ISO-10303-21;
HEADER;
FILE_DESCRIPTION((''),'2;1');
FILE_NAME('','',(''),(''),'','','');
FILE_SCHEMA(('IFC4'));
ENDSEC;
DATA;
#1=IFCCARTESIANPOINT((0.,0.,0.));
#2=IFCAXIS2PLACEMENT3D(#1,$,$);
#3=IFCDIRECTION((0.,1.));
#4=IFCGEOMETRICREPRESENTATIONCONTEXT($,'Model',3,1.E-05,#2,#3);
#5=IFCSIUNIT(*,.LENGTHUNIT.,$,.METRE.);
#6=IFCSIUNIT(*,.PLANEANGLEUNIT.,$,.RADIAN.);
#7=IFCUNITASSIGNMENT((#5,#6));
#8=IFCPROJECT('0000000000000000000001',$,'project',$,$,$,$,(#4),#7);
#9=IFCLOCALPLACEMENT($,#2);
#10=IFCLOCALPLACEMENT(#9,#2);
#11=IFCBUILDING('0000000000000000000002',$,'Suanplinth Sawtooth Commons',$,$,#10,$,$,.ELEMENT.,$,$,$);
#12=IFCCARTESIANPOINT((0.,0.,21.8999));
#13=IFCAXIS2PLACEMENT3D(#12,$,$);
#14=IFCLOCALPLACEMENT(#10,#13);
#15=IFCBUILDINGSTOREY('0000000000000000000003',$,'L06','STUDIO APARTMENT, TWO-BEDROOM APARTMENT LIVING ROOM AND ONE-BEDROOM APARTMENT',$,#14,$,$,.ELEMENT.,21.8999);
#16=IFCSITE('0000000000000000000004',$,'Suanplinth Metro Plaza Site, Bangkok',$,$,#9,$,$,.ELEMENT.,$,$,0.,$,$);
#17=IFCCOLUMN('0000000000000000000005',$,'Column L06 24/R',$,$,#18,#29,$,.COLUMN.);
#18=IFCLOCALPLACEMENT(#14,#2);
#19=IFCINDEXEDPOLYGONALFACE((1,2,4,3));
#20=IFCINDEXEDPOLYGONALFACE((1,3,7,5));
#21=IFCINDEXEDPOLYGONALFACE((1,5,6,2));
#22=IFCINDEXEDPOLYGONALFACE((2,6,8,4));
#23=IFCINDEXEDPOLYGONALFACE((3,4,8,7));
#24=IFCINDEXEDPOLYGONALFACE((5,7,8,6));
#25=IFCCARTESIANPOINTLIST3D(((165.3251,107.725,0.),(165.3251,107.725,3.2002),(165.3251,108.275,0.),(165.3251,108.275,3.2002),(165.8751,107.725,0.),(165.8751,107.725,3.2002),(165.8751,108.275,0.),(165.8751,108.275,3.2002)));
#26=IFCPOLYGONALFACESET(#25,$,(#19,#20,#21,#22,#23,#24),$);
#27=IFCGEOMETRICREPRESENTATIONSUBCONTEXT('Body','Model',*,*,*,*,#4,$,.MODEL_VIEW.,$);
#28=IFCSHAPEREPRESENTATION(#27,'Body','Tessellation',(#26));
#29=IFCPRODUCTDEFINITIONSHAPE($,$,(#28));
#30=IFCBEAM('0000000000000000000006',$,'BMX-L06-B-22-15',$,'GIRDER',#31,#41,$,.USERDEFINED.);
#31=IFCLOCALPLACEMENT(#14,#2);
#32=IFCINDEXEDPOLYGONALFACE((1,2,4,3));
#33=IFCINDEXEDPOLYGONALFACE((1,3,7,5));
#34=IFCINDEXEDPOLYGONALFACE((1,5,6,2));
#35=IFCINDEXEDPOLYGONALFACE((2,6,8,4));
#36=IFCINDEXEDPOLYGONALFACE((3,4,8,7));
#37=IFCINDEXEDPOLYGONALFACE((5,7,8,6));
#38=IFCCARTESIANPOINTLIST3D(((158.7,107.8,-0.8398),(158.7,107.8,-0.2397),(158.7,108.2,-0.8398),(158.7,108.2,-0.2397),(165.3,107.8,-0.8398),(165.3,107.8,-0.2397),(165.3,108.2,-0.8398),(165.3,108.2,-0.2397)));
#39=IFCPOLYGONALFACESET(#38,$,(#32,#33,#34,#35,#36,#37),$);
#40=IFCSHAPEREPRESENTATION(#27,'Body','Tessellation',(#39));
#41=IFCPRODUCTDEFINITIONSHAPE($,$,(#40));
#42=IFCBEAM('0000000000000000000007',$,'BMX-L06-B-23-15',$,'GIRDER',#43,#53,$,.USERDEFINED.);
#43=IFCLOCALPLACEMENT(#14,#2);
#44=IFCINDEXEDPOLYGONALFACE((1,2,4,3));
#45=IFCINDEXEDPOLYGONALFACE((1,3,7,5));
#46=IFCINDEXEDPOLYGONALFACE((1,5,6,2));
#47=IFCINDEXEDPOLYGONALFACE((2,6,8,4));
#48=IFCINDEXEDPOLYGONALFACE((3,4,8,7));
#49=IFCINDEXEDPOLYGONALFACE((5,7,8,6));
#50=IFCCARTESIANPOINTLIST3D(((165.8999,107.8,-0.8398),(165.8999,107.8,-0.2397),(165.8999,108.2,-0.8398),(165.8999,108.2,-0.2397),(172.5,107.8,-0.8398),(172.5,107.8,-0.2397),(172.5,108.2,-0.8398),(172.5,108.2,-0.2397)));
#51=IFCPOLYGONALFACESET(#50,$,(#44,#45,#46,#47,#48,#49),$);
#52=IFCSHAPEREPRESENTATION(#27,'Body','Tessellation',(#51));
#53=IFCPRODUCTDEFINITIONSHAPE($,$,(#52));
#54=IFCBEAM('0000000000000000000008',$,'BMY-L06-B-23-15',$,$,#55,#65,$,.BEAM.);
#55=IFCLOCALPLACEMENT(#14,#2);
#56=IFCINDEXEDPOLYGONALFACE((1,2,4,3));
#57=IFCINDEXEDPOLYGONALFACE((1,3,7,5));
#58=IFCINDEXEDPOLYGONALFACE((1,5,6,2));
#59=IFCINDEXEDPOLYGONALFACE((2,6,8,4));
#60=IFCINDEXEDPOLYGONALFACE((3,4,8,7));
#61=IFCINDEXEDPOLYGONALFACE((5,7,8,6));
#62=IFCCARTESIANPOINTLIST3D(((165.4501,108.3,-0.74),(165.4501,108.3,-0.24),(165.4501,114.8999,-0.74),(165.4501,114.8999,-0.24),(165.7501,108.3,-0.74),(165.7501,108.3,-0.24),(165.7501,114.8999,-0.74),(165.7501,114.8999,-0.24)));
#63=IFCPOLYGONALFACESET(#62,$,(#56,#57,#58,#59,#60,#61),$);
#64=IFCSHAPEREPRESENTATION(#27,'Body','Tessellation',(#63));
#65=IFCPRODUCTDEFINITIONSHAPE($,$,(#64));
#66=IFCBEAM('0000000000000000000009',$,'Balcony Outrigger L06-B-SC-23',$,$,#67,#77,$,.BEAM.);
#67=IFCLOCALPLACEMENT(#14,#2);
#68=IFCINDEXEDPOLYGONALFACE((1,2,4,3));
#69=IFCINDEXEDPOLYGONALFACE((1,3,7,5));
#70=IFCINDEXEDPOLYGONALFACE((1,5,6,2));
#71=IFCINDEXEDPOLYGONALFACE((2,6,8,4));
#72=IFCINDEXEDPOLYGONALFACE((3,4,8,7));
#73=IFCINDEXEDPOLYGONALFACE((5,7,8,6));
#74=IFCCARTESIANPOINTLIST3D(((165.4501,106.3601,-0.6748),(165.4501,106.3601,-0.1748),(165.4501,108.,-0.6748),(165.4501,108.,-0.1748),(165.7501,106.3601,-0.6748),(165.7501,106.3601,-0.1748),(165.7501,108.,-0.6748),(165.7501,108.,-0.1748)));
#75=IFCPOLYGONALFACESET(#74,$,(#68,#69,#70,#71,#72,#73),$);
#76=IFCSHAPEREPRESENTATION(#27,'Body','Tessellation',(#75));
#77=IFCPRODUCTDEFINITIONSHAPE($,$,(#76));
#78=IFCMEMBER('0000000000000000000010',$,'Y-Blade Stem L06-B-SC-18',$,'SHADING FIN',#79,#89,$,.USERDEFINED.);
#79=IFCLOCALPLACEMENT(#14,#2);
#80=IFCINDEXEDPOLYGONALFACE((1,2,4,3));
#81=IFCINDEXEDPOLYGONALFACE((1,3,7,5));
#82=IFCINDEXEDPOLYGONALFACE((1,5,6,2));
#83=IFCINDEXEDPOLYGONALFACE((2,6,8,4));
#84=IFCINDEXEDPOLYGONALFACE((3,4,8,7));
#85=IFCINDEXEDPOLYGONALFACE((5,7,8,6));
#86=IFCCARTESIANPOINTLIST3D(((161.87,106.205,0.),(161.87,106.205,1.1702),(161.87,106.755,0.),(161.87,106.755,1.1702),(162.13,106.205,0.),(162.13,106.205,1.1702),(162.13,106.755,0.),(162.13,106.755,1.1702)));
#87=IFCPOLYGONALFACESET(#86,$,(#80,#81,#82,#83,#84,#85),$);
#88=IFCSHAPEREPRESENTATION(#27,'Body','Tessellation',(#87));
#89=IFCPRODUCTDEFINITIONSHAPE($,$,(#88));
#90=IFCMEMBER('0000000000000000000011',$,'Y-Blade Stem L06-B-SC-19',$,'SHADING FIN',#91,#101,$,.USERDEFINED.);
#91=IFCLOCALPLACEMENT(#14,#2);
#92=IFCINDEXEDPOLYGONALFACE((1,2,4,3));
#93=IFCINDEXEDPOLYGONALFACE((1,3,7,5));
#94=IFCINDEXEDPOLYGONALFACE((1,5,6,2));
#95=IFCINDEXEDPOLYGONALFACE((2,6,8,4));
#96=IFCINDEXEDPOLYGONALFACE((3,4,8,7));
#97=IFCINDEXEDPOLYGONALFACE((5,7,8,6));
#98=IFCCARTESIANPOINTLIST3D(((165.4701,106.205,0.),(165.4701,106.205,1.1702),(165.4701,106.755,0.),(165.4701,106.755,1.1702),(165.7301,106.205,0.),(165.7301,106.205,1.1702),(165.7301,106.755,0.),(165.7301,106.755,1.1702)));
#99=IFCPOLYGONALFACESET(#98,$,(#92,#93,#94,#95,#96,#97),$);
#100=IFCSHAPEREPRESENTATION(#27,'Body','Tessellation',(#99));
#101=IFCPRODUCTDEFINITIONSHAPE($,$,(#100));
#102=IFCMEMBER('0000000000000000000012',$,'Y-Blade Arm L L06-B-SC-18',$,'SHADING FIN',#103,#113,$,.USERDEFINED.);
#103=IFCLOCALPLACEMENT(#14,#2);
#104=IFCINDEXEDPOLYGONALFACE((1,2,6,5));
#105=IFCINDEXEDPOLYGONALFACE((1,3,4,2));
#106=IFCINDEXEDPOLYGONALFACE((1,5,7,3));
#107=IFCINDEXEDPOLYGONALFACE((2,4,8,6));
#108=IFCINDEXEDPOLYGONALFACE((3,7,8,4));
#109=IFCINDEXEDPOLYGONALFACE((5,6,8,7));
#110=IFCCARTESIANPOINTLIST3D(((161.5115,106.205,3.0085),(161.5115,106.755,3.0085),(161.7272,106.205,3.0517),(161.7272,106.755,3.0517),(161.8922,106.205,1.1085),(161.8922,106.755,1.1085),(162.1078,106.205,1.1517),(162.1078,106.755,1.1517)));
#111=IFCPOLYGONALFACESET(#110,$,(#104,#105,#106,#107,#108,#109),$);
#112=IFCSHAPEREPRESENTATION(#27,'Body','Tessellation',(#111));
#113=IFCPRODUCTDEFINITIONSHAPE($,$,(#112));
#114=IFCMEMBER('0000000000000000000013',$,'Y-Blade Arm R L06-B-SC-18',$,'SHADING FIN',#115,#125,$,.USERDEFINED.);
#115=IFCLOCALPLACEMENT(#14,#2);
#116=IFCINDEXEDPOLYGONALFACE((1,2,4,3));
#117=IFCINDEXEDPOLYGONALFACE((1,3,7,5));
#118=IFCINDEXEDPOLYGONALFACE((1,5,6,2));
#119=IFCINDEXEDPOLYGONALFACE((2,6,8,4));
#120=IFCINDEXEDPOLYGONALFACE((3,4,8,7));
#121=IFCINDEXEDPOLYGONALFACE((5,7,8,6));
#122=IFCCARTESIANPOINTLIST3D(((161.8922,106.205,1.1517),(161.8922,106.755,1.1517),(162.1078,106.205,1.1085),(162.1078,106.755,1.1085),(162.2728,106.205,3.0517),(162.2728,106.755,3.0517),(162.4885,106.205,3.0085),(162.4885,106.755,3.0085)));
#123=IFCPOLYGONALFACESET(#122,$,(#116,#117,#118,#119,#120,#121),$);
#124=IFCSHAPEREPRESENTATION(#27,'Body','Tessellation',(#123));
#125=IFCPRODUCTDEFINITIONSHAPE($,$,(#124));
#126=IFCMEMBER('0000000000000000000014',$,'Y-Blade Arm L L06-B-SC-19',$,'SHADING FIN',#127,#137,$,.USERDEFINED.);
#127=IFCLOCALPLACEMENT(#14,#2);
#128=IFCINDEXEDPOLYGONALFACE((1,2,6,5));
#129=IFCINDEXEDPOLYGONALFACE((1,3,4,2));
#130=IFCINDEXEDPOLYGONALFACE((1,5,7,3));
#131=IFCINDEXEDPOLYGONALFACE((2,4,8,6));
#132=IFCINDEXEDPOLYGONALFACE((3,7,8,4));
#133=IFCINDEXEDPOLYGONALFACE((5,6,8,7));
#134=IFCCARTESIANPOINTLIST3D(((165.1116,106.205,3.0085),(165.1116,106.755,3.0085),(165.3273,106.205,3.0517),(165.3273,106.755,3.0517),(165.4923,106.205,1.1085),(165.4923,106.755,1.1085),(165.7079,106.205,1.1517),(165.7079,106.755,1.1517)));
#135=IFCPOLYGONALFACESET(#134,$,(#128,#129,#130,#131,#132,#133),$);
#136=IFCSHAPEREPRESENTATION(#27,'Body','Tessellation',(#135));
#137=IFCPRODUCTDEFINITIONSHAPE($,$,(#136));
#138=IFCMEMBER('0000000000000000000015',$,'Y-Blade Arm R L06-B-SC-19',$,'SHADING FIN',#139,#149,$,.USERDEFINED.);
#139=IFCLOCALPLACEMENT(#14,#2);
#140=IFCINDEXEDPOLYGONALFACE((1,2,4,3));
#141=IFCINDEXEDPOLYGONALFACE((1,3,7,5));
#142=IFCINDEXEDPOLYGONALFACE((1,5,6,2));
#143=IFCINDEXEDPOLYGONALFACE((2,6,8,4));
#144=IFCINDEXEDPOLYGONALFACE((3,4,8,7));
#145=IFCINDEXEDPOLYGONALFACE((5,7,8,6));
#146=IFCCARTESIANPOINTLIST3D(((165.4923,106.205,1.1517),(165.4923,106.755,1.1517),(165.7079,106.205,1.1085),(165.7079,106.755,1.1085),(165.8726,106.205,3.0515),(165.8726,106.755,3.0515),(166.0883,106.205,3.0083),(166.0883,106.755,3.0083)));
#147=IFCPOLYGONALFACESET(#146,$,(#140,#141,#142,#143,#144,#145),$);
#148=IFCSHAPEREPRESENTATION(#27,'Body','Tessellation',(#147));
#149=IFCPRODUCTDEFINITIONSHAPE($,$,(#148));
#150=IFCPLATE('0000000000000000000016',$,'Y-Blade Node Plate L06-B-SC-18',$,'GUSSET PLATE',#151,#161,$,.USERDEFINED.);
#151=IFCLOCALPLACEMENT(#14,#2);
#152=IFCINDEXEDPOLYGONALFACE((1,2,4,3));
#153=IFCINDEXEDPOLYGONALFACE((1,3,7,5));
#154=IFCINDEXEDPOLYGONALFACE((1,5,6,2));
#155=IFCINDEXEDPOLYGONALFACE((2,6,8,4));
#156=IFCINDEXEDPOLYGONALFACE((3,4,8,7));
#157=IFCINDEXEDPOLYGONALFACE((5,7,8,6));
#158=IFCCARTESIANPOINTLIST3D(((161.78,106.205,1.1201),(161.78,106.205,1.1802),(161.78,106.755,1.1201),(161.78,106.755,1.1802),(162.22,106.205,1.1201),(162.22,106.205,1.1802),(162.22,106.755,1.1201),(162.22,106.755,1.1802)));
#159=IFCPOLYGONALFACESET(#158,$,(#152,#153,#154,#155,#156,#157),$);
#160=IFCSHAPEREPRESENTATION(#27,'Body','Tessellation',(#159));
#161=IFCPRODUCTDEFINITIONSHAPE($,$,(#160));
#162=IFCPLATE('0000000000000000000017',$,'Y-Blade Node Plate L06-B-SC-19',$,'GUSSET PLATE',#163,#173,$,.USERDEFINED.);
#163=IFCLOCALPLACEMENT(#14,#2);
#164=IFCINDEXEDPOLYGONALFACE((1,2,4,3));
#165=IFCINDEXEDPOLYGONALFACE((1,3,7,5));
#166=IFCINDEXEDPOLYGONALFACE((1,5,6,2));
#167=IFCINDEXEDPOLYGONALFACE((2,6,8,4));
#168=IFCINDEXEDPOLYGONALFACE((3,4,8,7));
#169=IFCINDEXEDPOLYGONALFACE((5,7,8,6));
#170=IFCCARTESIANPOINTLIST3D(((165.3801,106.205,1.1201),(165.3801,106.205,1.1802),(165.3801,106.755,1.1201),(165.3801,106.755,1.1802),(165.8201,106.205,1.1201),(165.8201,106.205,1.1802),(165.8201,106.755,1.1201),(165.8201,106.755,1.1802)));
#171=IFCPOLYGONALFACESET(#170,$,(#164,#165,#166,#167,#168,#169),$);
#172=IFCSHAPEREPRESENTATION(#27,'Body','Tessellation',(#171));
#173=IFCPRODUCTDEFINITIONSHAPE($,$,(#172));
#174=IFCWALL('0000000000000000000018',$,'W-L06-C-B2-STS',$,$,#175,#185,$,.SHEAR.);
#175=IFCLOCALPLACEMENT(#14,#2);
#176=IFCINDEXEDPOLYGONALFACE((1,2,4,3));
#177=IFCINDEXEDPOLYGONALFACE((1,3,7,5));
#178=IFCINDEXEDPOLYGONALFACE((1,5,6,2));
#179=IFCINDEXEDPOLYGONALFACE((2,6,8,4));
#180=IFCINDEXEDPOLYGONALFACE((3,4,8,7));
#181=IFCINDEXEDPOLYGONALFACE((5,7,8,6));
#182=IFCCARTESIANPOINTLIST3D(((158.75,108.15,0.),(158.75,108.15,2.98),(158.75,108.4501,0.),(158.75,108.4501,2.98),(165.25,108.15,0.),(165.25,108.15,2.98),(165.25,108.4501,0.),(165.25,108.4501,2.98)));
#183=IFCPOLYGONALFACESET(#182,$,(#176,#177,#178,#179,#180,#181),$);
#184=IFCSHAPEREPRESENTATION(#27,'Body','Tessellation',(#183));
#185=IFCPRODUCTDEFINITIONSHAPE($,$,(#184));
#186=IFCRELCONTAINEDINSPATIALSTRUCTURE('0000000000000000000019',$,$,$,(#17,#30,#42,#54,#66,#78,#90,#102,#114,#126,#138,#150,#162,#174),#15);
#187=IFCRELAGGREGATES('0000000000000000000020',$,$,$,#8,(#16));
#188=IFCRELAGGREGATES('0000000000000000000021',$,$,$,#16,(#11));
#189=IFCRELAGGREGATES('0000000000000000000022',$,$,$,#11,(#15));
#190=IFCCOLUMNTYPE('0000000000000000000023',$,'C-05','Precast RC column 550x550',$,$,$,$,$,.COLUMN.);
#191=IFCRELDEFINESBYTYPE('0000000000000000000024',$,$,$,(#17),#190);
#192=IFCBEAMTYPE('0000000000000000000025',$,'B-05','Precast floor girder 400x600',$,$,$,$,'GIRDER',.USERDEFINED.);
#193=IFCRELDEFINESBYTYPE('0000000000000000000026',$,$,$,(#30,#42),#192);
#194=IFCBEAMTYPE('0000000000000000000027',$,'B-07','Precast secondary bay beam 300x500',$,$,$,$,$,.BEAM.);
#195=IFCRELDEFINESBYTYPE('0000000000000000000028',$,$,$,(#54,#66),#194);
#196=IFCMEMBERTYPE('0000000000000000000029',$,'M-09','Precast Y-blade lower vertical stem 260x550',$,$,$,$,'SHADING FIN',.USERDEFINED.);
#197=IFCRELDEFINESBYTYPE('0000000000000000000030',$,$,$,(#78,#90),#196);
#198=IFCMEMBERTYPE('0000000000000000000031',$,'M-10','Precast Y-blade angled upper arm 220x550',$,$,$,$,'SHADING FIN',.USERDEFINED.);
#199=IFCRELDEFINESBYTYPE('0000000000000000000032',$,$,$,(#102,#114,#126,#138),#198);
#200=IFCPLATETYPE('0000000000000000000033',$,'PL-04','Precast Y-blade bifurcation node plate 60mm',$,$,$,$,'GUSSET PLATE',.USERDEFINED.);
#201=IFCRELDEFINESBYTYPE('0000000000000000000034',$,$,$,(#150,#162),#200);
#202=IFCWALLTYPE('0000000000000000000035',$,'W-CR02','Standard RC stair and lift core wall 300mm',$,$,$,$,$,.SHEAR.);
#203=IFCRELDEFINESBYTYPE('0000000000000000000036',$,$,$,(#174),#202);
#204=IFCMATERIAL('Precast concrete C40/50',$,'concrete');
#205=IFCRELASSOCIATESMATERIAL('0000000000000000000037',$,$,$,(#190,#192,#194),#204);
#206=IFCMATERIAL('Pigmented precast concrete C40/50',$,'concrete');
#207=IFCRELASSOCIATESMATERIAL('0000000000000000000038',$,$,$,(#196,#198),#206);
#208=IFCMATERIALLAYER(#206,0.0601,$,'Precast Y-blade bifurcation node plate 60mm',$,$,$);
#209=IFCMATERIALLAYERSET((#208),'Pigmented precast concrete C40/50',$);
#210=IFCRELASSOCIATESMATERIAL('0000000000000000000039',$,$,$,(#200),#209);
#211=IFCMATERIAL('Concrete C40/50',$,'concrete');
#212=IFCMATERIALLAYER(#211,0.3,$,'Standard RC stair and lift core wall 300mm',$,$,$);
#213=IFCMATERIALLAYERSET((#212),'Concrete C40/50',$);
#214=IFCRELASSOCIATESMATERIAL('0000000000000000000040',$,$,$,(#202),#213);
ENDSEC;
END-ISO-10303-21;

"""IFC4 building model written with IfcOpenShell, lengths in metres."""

from ifc_helpers import new_model, si_unit, direction, frame, frame_2d, origin, origin_2d, place, context, subcontext, project, spatial, rectangle, extrude, material, layer, layer_set, material_profile, profile_set, type_object, element, save


model = new_model("IFC4")

# Units and contexts
model_context = context("Model", 3, precision=1e-05, world=origin(), true_north=direction((0.0, 1.0)))
body_context = subcontext(model_context, "Body", "Model", "MODEL_VIEW")
ifc_project = project(units=[si_unit("LENGTHUNIT", "METRE"), si_unit("PLANEANGLEUNIT", "RADIAN")], contexts=[model_context])

# Site, building, storey
site_placement = place(None, origin())
site = spatial("IfcSite", under=ifc_project, at=site_placement, Name="Suanplinth Metro Plaza Site, Bangkok", CompositionType="ELEMENT", RefElevation=0.0)
building_placement = place(site_placement, origin())
building = spatial("IfcBuilding", under=site, at=building_placement, Name="Suanplinth Sawtooth Commons", CompositionType="ELEMENT")
storey_placement = place(building_placement, frame((0.0, 0.0, 21.8999)))
storey = spatial("IfcBuildingStorey", under=building, at=storey_placement, Name="L06", Description="STUDIO APARTMENT, TWO-BEDROOM APARTMENT LIVING ROOM AND ONE-BEDROOM APARTMENT", CompositionType="ELEMENT", Elevation=21.8999)

# Column
ifc_material_1 = material(Name="Precast concrete C40/50", Category="concrete")
ifc_material_profile_1 = material_profile(ifc_material_1, rectangle(XDim=0.55, YDim=0.55, at=origin_2d()), Name="PC-COL 550x550")
ifc_profile_set_1 = profile_set([ifc_material_profile_1], Name="Precast concrete C40/50")
column_type = type_object("IfcColumnType", Name="C-05", Description="Precast RC column 550x550", PredefinedType="COLUMN", material=ifc_profile_set_1)
column_placement = place(storey_placement, frame((165.6001, 108.0, 0.0), z_axis=(0.0, 0.0, 1.0), x_axis=(1.0, 0.0, 0.0)))
element("IfcColumn", 1, at=column_placement, inside=storey, type_object=column_type, Name="Column L06 24/R", PredefinedType="COLUMN", context=body_context, shape_type="SweptSolid", body=[
    extrude(rectangle(XDim=0.55, YDim=0.55, at=origin_2d()), origin(), (0.0, 0.0, 1.0), 3.2002),
])

# Beams
ifc_material_profile_2 = material_profile(ifc_material_1, rectangle(XDim=0.3999, YDim=0.6001, at=origin_2d()), Name="PC-GDR 400x600")
ifc_profile_set_2 = profile_set([ifc_material_profile_2], Name="Precast concrete C40/50")
beam_type_1 = type_object("IfcBeamType", Name="B-05", Description="Precast floor girder 400x600", ElementType="GIRDER", PredefinedType="USERDEFINED", material=ifc_profile_set_2)
for number, where, z_axis, x_axis, name in (
    (2, (158.7, 108.0, -0.5398), (1.0, 0.0, 0.0), (0.0, 1.0, 0.0), "BMX-L06-B-22-15"),
    (3, (165.8999, 108.0, -0.5398), (1.0, 0.0, 0.0), (0.0, 1.0, 0.0), "BMX-L06-B-23-15"),
):
    element("IfcBeam", number, at=place(storey_placement, frame(where, z_axis=z_axis, x_axis=x_axis)), inside=storey, type_object=beam_type_1, Name=name, ObjectType="GIRDER", PredefinedType="USERDEFINED", context=body_context, shape_type="SweptSolid", body=[
        extrude(rectangle(XDim=0.3999, YDim=0.6001, at=origin_2d()), origin(), (0.0, 0.0, 1.0), 6.6001),
    ])
ifc_material_profile_3 = material_profile(ifc_material_1, rectangle(XDim=0.3, YDim=0.5, at=origin_2d()), Name="PC-BM 300x500")
ifc_profile_set_3 = profile_set([ifc_material_profile_3], Name="Precast concrete C40/50")
beam_type_2 = type_object("IfcBeamType", Name="B-07", Description="Precast secondary bay beam 300x500", PredefinedType="BEAM", material=ifc_profile_set_3)
beam_1_placement = place(storey_placement, frame((165.6001, 108.3, -0.49), z_axis=(0.0, 1.0, 0.0), x_axis=(-1.0, 0.0, 0.0)))
element("IfcBeam", 4, at=beam_1_placement, inside=storey, type_object=beam_type_2, Name="BMY-L06-B-23-15", PredefinedType="BEAM", context=body_context, shape_type="SweptSolid", body=[
    extrude(rectangle(XDim=0.3, YDim=0.5, at=origin_2d()), origin(), (0.0, 0.0, 1.0), 6.5999),
])
beam_2_placement = place(storey_placement, frame((165.6001, 108.0, -0.4248), z_axis=(0.0, -1.0, 0.0), x_axis=(1.0, 0.0, 0.0)))
element("IfcBeam", 5, at=beam_2_placement, inside=storey, type_object=beam_type_2, Name="Balcony Outrigger L06-B-SC-23", PredefinedType="BEAM", context=body_context, shape_type="SweptSolid", body=[
    extrude(rectangle(XDim=0.3, YDim=0.5, at=origin_2d()), origin(), (0.0, 0.0, 1.0), 1.6399),
])

# Members
ifc_material_2 = material(Name="Pigmented precast concrete C40/50", Category="concrete")
ifc_material_profile_4 = material_profile(ifc_material_2, rectangle(XDim=0.26, YDim=0.55, at=origin_2d()), Name="PC-FIN 260x550")
ifc_profile_set_4 = profile_set([ifc_material_profile_4], Name="Pigmented precast concrete C40/50")
member_type_1 = type_object("IfcMemberType", Name="M-09", Description="Precast Y-blade lower vertical stem 260x550", ElementType="SHADING FIN", PredefinedType="USERDEFINED", material=ifc_profile_set_4)
for number, where, z_axis, x_axis, name in (
    (6, (162.0, 106.48, 0.0), (0.0, 0.0, 1.0), (1.0, 0.0, 0.0), "Y-Blade Stem L06-B-SC-18"),
    (7, (165.6001, 106.48, 0.0), (0.0, 0.0, 1.0), (1.0, 0.0, 0.0), "Y-Blade Stem L06-B-SC-19"),
):
    element("IfcMember", number, at=place(storey_placement, frame(where, z_axis=z_axis, x_axis=x_axis)), inside=storey, type_object=member_type_1, Name=name, ObjectType="SHADING FIN", PredefinedType="USERDEFINED", context=body_context, shape_type="SweptSolid", body=[
        extrude(rectangle(XDim=0.26, YDim=0.55, at=origin_2d()), origin(), (0.0, 0.0, 1.0), 1.1702),
    ])
ifc_material_profile_5 = material_profile(ifc_material_2, rectangle(XDim=0.22, YDim=0.55, at=origin_2d()), Name="PC-FIN 220x550")
ifc_profile_set_5 = profile_set([ifc_material_profile_5], Name="Pigmented precast concrete C40/50")
member_type_2 = type_object("IfcMemberType", Name="M-10", Description="Precast Y-blade angled upper arm 220x550", ElementType="SHADING FIN", PredefinedType="USERDEFINED", material=ifc_profile_set_5)
for number, where, z_axis, x_axis, name in (
    (8, (162.0, 106.48, 1.1301), (-0.196431, 0.0, 0.980518), (0.980518, 0.0, 0.196431), "Y-Blade Arm L L06-B-SC-18"),
    (9, (162.0, 106.48, 1.1301), (0.196431, 0.0, 0.980518), (-0.980518, 0.0, 0.196431), "Y-Blade Arm R L06-B-SC-18"),
    (10, (165.6001, 106.48, 1.1301), (-0.196431, 0.0, 0.980518), (0.980518, 0.0, 0.196431), "Y-Blade Arm L L06-B-SC-19"),
):
    element("IfcMember", number, at=place(storey_placement, frame(where, z_axis=z_axis, x_axis=x_axis)), inside=storey, type_object=member_type_2, Name=name, ObjectType="SHADING FIN", PredefinedType="USERDEFINED", context=body_context, shape_type="SweptSolid", body=[
        extrude(rectangle(XDim=0.22, YDim=0.55, at=origin_2d()), origin(), (0.0, 0.0, 1.0), 1.9377),
    ])
member_placement = place(storey_placement, frame((165.6001, 106.48, 1.1301), z_axis=(0.19631, 0.0, 0.980542), x_axis=(-0.980542, 0.0, 0.19631)))
element("IfcMember", 11, at=member_placement, inside=storey, type_object=member_type_2, Name="Y-Blade Arm R L06-B-SC-19", ObjectType="SHADING FIN", PredefinedType="USERDEFINED", context=body_context, shape_type="SweptSolid", body=[
    extrude(rectangle(XDim=0.22, YDim=0.55, at=origin_2d()), origin(), (0.0, 0.0, 1.0), 1.9375),
])

# Plates
ifc_layer_1 = layer(ifc_material_2, 0.0601, Name="Precast Y-blade bifurcation node plate 60mm")
ifc_layer_set_1 = layer_set([ifc_layer_1], Name="Pigmented precast concrete C40/50")
plate_type = type_object("IfcPlateType", Name="PL-04", Description="Precast Y-blade bifurcation node plate 60mm", ElementType="GUSSET PLATE", PredefinedType="USERDEFINED", material=ifc_layer_set_1)
for number, where, z_axis, x_axis, name in (
    (12, (162.0, 106.48, 1.1201), (0.0, 0.0, 1.0), (1.0, 0.0, 0.0), "Y-Blade Node Plate L06-B-SC-18"),
    (13, (165.6001, 106.48, 1.1201), (0.0, 0.0, 1.0), (1.0, 0.0, 0.0), "Y-Blade Node Plate L06-B-SC-19"),
):
    element("IfcPlate", number, at=place(storey_placement, frame(where, z_axis=z_axis, x_axis=x_axis)), inside=storey, type_object=plate_type, Name=name, ObjectType="GUSSET PLATE", PredefinedType="USERDEFINED", context=body_context, shape_type="SweptSolid", body=[
        extrude(rectangle(XDim=0.4399, YDim=0.55, at=origin_2d()), origin(), (0.0, 0.0, 1.0), 0.0601),
    ])

# Wall
ifc_material_3 = material(Name="Concrete C40/50", Category="concrete")
ifc_layer_2 = layer(ifc_material_3, 0.3, Name="Standard RC stair and lift core wall 300mm")
ifc_layer_set_2 = layer_set([ifc_layer_2], Name="Concrete C40/50")
wall_type_1 = type_object("IfcWallType", Name="W-CR02", Description="Standard RC stair and lift core wall 300mm", PredefinedType="SHEAR", material=ifc_layer_set_2)
wall_1_placement = place(storey_placement, frame((158.75, 108.3, 0.0), z_axis=(0.0, 0.0, 1.0), x_axis=(1.0, 0.0, 0.0)))
element("IfcWall", 14, at=wall_1_placement, inside=storey, type_object=wall_type_1, Name="W-L06-C-B2-STS", PredefinedType="SHEAR", context=body_context, shape_type="SweptSolid", body=[
    extrude(rectangle(XDim=6.5, YDim=0.3, at=frame_2d((3.25, 0.0))), origin(), (0.0, 0.0, 1.0), 2.98),
])

save(model, "model.ifc")
